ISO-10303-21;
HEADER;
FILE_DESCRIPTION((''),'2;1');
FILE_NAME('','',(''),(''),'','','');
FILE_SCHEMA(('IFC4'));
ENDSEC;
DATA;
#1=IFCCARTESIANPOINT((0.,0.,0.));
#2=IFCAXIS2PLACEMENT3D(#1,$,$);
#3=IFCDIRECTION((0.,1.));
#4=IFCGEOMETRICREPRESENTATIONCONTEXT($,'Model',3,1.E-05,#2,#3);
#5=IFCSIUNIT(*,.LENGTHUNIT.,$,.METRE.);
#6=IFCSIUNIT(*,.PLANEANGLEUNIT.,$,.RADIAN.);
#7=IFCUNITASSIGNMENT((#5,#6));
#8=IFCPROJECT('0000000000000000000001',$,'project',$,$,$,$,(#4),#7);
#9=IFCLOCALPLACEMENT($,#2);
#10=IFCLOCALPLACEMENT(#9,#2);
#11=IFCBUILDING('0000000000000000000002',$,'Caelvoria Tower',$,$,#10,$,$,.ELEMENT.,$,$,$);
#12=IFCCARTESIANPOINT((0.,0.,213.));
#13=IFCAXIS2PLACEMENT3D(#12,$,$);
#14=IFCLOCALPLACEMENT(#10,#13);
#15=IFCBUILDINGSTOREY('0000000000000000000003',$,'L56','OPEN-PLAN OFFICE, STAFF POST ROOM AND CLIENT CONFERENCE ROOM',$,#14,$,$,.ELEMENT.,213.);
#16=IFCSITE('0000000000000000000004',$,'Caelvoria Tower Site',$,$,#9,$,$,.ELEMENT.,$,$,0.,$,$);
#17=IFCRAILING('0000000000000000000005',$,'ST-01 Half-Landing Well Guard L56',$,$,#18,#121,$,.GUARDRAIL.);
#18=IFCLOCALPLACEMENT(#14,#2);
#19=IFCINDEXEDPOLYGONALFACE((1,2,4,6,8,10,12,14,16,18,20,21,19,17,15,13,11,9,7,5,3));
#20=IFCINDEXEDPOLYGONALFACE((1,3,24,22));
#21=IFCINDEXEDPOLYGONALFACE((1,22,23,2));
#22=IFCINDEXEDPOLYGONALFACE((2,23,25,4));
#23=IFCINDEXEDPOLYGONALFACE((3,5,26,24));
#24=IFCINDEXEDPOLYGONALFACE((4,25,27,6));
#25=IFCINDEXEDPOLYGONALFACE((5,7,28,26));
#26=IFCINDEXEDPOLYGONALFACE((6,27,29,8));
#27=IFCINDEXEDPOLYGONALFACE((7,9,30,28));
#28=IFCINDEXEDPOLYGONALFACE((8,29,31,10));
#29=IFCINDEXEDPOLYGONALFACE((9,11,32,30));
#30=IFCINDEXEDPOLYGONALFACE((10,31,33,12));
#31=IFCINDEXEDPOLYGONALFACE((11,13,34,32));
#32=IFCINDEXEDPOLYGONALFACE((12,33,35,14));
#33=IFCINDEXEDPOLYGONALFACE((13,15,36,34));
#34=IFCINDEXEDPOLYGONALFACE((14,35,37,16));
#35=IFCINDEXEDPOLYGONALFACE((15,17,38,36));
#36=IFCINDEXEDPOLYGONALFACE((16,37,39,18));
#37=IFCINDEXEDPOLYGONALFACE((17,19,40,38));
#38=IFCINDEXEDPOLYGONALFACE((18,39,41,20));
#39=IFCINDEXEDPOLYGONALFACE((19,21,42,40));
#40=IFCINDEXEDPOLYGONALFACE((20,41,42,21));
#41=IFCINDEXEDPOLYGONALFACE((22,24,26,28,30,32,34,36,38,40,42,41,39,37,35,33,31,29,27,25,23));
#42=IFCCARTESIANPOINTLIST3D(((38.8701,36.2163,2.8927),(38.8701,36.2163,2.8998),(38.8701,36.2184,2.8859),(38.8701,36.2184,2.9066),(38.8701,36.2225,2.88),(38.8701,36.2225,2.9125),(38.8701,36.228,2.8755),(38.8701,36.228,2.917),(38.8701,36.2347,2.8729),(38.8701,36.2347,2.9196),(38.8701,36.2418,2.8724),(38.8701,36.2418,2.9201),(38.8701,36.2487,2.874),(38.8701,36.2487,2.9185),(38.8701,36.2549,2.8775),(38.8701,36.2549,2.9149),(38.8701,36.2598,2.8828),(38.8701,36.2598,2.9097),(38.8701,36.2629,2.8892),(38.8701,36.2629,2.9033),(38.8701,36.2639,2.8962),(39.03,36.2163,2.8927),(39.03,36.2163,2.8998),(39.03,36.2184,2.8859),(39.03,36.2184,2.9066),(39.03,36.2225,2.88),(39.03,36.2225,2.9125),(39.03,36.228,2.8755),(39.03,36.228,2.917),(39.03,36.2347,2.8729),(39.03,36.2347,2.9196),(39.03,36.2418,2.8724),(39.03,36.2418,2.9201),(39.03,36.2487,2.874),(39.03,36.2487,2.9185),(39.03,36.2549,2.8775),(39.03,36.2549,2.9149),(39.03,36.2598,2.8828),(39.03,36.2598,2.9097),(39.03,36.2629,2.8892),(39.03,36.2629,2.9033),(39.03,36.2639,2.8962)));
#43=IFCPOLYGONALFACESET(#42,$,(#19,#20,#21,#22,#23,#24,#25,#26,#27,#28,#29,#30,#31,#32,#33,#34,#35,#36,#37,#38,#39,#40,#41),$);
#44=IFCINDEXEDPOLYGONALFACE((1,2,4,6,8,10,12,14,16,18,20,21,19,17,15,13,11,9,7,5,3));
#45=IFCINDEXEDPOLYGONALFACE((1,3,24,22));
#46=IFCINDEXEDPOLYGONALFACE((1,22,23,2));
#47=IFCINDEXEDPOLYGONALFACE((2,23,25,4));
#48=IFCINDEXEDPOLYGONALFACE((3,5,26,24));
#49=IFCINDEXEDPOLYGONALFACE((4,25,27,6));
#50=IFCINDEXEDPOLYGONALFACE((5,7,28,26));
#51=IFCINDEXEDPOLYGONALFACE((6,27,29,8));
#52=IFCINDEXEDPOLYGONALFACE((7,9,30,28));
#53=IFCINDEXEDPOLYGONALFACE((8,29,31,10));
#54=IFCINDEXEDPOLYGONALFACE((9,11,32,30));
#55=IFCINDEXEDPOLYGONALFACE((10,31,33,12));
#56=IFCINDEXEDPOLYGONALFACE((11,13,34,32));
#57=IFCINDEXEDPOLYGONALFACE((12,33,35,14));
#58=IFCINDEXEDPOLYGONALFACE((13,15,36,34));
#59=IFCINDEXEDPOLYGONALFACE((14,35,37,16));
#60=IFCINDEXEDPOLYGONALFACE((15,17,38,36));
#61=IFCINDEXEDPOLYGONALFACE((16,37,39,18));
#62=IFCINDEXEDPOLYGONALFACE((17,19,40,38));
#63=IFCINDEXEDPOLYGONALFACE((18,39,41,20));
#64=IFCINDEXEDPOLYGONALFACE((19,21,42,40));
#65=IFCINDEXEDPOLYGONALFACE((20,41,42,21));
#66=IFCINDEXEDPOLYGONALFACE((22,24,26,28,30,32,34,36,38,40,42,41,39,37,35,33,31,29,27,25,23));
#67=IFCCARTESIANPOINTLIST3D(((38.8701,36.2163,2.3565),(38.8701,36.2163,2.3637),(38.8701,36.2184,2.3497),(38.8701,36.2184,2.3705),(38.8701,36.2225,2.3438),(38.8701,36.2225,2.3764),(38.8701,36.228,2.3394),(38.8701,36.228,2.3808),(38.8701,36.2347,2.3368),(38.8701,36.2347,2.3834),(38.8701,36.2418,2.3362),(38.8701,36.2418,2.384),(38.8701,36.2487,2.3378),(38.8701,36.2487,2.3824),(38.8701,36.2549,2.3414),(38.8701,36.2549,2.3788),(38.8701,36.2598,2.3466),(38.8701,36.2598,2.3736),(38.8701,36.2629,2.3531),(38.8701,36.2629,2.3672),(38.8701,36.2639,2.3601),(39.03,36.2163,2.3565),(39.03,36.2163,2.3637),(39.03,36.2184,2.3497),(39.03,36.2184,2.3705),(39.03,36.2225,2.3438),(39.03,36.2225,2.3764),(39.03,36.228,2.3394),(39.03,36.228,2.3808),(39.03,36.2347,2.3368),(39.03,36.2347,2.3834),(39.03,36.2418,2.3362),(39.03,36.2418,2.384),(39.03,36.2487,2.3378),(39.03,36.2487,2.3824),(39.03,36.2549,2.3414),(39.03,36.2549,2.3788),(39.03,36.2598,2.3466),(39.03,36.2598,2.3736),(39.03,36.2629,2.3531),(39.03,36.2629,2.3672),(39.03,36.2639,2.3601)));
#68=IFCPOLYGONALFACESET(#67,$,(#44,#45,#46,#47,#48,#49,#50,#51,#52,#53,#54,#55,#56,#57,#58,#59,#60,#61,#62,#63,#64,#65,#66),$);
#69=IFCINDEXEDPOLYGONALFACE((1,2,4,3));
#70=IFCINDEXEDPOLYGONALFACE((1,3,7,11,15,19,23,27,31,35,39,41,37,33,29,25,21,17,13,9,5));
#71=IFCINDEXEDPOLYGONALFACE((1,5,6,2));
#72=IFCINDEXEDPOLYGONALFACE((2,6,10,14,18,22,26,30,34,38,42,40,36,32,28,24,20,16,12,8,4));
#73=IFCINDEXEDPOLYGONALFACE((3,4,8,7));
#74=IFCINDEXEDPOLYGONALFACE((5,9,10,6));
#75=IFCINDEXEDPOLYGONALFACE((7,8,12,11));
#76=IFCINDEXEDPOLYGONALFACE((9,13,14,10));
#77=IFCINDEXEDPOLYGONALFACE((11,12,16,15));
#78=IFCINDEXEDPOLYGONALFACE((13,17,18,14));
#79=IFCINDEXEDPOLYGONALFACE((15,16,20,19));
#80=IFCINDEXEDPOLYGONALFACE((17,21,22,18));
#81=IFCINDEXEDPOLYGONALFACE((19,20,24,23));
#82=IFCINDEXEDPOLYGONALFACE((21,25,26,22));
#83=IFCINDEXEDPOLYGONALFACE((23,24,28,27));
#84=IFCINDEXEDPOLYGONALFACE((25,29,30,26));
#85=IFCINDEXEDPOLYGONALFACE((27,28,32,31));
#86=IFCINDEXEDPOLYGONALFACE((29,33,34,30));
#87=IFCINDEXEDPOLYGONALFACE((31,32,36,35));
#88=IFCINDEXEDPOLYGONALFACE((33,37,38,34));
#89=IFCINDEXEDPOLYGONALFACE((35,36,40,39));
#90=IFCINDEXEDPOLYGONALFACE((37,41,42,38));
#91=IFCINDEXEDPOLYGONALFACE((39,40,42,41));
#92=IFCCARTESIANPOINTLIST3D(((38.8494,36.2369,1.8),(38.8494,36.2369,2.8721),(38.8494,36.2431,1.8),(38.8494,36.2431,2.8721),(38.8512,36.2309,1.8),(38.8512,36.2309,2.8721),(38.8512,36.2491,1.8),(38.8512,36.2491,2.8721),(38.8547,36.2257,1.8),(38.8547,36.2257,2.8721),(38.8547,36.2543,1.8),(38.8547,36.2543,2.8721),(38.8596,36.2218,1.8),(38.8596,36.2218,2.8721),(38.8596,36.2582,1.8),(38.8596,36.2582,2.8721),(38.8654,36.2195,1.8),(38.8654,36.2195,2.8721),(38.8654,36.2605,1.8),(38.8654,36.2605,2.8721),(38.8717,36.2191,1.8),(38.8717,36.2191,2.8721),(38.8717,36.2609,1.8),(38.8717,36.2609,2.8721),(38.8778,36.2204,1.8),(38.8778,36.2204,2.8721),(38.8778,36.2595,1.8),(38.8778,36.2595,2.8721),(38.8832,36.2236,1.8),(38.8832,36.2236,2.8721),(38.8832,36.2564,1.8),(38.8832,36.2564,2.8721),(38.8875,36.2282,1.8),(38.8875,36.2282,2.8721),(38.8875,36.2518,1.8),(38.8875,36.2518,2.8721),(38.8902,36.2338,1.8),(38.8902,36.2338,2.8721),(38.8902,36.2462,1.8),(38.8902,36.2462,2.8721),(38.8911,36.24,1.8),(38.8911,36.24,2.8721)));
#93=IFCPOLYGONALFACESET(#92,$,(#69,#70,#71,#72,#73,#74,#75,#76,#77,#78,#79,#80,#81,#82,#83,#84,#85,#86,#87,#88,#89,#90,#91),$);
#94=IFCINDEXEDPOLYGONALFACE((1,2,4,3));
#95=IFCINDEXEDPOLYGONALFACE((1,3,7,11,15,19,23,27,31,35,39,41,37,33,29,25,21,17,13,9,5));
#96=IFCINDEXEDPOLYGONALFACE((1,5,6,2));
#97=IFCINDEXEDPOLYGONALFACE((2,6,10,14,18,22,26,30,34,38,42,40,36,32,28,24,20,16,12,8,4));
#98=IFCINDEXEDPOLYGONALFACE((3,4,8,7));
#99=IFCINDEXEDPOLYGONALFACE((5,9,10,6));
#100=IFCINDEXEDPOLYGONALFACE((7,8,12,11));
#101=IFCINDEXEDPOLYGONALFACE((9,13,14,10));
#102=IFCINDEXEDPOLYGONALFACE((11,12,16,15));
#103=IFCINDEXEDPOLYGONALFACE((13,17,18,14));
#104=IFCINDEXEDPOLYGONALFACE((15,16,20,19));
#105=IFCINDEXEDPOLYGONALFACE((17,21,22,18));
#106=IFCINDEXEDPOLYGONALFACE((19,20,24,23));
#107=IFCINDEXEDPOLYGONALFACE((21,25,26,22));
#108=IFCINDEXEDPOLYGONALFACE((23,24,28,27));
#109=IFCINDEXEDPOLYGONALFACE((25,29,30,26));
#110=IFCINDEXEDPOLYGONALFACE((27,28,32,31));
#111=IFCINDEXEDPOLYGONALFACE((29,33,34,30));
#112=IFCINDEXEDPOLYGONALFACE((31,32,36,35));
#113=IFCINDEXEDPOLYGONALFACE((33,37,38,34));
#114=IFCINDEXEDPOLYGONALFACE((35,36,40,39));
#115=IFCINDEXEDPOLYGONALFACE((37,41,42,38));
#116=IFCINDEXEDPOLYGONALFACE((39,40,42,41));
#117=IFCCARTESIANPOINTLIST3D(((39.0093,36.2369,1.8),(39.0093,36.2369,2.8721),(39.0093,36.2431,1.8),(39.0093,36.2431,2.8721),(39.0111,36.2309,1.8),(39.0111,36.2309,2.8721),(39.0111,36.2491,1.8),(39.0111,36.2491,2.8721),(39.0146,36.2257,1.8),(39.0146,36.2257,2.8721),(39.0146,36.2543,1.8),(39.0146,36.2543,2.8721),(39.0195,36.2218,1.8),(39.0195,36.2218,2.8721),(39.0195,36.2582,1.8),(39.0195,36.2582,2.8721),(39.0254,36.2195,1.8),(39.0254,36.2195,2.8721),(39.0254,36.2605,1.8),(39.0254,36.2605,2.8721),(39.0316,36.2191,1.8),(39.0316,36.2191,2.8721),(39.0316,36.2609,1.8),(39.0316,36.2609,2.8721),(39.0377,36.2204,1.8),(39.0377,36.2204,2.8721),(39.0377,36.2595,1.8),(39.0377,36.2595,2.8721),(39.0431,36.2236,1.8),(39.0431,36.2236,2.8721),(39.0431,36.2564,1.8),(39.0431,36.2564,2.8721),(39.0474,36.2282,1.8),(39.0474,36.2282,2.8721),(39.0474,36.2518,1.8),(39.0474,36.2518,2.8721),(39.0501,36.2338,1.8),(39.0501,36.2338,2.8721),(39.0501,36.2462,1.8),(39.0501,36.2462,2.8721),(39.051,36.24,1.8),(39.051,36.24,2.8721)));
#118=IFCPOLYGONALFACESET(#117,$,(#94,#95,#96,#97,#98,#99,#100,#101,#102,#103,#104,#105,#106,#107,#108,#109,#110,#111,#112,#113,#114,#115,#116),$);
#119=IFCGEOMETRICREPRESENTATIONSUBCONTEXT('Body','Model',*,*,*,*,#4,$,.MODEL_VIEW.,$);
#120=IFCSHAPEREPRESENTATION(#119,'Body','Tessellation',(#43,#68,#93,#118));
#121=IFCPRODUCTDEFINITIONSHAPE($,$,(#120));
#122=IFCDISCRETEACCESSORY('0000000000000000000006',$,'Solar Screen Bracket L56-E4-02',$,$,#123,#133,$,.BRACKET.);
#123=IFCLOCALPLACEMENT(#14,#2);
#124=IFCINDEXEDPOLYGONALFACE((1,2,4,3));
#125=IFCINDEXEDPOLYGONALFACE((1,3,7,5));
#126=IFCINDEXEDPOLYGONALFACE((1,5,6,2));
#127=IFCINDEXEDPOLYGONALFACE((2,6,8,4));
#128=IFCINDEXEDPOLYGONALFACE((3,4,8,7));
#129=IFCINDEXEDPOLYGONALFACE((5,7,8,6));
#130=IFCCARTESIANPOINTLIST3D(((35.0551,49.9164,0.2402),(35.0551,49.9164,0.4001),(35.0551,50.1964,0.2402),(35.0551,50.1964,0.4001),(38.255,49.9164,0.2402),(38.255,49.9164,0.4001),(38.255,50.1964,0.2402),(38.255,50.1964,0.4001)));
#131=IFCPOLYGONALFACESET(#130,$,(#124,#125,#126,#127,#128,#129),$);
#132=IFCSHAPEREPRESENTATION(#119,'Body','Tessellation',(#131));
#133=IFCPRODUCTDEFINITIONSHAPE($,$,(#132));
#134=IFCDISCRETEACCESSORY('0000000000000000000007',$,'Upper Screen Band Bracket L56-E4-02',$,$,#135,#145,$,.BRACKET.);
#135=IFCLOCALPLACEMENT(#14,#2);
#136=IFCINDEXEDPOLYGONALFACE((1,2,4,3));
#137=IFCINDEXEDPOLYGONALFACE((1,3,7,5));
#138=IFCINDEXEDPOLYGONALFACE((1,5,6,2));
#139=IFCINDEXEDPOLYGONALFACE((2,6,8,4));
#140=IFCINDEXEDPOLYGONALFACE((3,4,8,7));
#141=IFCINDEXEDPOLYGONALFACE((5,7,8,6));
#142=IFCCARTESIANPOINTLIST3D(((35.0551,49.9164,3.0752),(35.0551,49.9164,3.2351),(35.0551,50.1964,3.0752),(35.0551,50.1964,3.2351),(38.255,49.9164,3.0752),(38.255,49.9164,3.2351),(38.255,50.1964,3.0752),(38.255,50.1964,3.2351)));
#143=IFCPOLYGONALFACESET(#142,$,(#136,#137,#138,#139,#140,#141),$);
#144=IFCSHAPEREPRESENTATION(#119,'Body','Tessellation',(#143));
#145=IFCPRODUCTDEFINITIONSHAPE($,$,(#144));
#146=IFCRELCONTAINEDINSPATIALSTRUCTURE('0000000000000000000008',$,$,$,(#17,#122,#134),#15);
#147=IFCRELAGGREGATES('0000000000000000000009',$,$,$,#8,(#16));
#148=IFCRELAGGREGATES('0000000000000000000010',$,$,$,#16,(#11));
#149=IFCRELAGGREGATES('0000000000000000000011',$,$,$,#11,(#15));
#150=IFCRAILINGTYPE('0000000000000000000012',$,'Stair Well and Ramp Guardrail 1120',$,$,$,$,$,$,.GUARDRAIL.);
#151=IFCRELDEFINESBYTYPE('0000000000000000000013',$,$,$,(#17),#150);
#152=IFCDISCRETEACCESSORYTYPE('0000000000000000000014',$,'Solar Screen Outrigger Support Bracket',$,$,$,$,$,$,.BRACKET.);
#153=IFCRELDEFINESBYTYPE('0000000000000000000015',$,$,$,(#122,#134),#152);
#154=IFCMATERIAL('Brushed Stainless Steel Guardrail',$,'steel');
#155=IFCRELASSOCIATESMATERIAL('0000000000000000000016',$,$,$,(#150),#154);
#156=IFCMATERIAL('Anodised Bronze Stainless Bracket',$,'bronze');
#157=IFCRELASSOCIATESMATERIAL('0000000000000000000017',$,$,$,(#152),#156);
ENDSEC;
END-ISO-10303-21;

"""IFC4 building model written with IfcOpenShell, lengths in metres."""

from ifc_helpers import new_model, si_unit, direction, frame, origin, origin_2d, place, context, subcontext, project, spatial, rectangle, circle, extrude, material, type_object, element, save


model = new_model("IFC4")

# Units and contexts
model_context = context("Model", 3, precision=1e-05, world=origin(), true_north=direction((0.0, 1.0)))
body_context = subcontext(model_context, "Body", "Model", "MODEL_VIEW")
ifc_project = project(units=[si_unit("LENGTHUNIT", "METRE"), si_unit("PLANEANGLEUNIT", "RADIAN")], contexts=[model_context])

# Site, building, storey
site_placement = place(None, origin())
site = spatial("IfcSite", under=ifc_project, at=site_placement, Name="Caelvoria Tower Site", CompositionType="ELEMENT", RefElevation=0.0)
building_placement = place(site_placement, origin())
building = spatial("IfcBuilding", under=site, at=building_placement, Name="Caelvoria Tower", CompositionType="ELEMENT")
storey_placement = place(building_placement, frame((0.0, 0.0, 213.0)))
storey = spatial("IfcBuildingStorey", under=building, at=storey_placement, Name="L56", Description="OPEN-PLAN OFFICE, STAFF POST ROOM AND CLIENT CONFERENCE ROOM", CompositionType="ELEMENT", Elevation=213.0)

# Railing
ifc_material_1 = material(Name="Brushed Stainless Steel Guardrail", Category="steel")
railing_type_1 = type_object("IfcRailingType", Name="Stair Well and Ramp Guardrail 1120", PredefinedType="GUARDRAIL", material=ifc_material_1)
railing_1_placement = place(storey_placement, frame((38.8701, 36.24, 1.8)))
element("IfcRailing", 1, at=railing_1_placement, inside=storey, type_object=railing_type_1, Name="ST-01 Half-Landing Well Guard L56", PredefinedType="GUARDRAIL", context=body_context, shape_type="SweptSolid", body=[
    extrude(circle(Radius=0.0239, at=origin_2d()), frame((0.0, 0.0, 1.0962), z_axis=(1.0, 0.0, 0.0), x_axis=(0.0, 1.0, 0.0)), (0.0, 0.0, 1.0), 0.1599),
    extrude(circle(Radius=0.0239, at=origin_2d()), frame((0.0, 0.0, 0.5601), z_axis=(1.0, 0.0, 0.0), x_axis=(0.0, 1.0, 0.0)), (0.0, 0.0, 1.0), 0.1599),
    extrude(circle(Radius=0.021, at=origin_2d()), origin(), (0.0, 0.0, 1.0), 1.072),
    extrude(circle(Radius=0.021, at=origin_2d()), frame((0.1599, 0.0, 0.0)), (0.0, 0.0, 1.0), 1.072),
])

# Discrete accessories
ifc_material_2 = material(Name="Anodised Bronze Stainless Bracket", Category="bronze")
discrete_accessory_type = type_object("IfcDiscreteAccessoryType", Name="Solar Screen Outrigger Support Bracket", PredefinedType="BRACKET", material=ifc_material_2)
for number, where, z_axis, x_axis, name in (
    (2, (36.655, 50.0564, 0.2402), (0.0, 0.0, 1.0), (-1.0, 0.0, 0.0), "Solar Screen Bracket L56-E4-02"),
    (3, (36.655, 50.0564, 3.0752), (0.0, 0.0, 1.0), (-1.0, 0.0, 0.0), "Upper Screen Band Bracket L56-E4-02"),
):
    element("IfcDiscreteAccessory", number, at=place(storey_placement, frame(where, z_axis=z_axis, x_axis=x_axis)), inside=storey, type_object=discrete_accessory_type, Name=name, PredefinedType="BRACKET", context=body_context, shape_type="SweptSolid", body=[
        extrude(rectangle(XDim=3.2, YDim=0.28, at=origin_2d()), origin(), (0.0, 0.0, 1.0), 0.1599),
    ])

save(model, "model.ifc")
